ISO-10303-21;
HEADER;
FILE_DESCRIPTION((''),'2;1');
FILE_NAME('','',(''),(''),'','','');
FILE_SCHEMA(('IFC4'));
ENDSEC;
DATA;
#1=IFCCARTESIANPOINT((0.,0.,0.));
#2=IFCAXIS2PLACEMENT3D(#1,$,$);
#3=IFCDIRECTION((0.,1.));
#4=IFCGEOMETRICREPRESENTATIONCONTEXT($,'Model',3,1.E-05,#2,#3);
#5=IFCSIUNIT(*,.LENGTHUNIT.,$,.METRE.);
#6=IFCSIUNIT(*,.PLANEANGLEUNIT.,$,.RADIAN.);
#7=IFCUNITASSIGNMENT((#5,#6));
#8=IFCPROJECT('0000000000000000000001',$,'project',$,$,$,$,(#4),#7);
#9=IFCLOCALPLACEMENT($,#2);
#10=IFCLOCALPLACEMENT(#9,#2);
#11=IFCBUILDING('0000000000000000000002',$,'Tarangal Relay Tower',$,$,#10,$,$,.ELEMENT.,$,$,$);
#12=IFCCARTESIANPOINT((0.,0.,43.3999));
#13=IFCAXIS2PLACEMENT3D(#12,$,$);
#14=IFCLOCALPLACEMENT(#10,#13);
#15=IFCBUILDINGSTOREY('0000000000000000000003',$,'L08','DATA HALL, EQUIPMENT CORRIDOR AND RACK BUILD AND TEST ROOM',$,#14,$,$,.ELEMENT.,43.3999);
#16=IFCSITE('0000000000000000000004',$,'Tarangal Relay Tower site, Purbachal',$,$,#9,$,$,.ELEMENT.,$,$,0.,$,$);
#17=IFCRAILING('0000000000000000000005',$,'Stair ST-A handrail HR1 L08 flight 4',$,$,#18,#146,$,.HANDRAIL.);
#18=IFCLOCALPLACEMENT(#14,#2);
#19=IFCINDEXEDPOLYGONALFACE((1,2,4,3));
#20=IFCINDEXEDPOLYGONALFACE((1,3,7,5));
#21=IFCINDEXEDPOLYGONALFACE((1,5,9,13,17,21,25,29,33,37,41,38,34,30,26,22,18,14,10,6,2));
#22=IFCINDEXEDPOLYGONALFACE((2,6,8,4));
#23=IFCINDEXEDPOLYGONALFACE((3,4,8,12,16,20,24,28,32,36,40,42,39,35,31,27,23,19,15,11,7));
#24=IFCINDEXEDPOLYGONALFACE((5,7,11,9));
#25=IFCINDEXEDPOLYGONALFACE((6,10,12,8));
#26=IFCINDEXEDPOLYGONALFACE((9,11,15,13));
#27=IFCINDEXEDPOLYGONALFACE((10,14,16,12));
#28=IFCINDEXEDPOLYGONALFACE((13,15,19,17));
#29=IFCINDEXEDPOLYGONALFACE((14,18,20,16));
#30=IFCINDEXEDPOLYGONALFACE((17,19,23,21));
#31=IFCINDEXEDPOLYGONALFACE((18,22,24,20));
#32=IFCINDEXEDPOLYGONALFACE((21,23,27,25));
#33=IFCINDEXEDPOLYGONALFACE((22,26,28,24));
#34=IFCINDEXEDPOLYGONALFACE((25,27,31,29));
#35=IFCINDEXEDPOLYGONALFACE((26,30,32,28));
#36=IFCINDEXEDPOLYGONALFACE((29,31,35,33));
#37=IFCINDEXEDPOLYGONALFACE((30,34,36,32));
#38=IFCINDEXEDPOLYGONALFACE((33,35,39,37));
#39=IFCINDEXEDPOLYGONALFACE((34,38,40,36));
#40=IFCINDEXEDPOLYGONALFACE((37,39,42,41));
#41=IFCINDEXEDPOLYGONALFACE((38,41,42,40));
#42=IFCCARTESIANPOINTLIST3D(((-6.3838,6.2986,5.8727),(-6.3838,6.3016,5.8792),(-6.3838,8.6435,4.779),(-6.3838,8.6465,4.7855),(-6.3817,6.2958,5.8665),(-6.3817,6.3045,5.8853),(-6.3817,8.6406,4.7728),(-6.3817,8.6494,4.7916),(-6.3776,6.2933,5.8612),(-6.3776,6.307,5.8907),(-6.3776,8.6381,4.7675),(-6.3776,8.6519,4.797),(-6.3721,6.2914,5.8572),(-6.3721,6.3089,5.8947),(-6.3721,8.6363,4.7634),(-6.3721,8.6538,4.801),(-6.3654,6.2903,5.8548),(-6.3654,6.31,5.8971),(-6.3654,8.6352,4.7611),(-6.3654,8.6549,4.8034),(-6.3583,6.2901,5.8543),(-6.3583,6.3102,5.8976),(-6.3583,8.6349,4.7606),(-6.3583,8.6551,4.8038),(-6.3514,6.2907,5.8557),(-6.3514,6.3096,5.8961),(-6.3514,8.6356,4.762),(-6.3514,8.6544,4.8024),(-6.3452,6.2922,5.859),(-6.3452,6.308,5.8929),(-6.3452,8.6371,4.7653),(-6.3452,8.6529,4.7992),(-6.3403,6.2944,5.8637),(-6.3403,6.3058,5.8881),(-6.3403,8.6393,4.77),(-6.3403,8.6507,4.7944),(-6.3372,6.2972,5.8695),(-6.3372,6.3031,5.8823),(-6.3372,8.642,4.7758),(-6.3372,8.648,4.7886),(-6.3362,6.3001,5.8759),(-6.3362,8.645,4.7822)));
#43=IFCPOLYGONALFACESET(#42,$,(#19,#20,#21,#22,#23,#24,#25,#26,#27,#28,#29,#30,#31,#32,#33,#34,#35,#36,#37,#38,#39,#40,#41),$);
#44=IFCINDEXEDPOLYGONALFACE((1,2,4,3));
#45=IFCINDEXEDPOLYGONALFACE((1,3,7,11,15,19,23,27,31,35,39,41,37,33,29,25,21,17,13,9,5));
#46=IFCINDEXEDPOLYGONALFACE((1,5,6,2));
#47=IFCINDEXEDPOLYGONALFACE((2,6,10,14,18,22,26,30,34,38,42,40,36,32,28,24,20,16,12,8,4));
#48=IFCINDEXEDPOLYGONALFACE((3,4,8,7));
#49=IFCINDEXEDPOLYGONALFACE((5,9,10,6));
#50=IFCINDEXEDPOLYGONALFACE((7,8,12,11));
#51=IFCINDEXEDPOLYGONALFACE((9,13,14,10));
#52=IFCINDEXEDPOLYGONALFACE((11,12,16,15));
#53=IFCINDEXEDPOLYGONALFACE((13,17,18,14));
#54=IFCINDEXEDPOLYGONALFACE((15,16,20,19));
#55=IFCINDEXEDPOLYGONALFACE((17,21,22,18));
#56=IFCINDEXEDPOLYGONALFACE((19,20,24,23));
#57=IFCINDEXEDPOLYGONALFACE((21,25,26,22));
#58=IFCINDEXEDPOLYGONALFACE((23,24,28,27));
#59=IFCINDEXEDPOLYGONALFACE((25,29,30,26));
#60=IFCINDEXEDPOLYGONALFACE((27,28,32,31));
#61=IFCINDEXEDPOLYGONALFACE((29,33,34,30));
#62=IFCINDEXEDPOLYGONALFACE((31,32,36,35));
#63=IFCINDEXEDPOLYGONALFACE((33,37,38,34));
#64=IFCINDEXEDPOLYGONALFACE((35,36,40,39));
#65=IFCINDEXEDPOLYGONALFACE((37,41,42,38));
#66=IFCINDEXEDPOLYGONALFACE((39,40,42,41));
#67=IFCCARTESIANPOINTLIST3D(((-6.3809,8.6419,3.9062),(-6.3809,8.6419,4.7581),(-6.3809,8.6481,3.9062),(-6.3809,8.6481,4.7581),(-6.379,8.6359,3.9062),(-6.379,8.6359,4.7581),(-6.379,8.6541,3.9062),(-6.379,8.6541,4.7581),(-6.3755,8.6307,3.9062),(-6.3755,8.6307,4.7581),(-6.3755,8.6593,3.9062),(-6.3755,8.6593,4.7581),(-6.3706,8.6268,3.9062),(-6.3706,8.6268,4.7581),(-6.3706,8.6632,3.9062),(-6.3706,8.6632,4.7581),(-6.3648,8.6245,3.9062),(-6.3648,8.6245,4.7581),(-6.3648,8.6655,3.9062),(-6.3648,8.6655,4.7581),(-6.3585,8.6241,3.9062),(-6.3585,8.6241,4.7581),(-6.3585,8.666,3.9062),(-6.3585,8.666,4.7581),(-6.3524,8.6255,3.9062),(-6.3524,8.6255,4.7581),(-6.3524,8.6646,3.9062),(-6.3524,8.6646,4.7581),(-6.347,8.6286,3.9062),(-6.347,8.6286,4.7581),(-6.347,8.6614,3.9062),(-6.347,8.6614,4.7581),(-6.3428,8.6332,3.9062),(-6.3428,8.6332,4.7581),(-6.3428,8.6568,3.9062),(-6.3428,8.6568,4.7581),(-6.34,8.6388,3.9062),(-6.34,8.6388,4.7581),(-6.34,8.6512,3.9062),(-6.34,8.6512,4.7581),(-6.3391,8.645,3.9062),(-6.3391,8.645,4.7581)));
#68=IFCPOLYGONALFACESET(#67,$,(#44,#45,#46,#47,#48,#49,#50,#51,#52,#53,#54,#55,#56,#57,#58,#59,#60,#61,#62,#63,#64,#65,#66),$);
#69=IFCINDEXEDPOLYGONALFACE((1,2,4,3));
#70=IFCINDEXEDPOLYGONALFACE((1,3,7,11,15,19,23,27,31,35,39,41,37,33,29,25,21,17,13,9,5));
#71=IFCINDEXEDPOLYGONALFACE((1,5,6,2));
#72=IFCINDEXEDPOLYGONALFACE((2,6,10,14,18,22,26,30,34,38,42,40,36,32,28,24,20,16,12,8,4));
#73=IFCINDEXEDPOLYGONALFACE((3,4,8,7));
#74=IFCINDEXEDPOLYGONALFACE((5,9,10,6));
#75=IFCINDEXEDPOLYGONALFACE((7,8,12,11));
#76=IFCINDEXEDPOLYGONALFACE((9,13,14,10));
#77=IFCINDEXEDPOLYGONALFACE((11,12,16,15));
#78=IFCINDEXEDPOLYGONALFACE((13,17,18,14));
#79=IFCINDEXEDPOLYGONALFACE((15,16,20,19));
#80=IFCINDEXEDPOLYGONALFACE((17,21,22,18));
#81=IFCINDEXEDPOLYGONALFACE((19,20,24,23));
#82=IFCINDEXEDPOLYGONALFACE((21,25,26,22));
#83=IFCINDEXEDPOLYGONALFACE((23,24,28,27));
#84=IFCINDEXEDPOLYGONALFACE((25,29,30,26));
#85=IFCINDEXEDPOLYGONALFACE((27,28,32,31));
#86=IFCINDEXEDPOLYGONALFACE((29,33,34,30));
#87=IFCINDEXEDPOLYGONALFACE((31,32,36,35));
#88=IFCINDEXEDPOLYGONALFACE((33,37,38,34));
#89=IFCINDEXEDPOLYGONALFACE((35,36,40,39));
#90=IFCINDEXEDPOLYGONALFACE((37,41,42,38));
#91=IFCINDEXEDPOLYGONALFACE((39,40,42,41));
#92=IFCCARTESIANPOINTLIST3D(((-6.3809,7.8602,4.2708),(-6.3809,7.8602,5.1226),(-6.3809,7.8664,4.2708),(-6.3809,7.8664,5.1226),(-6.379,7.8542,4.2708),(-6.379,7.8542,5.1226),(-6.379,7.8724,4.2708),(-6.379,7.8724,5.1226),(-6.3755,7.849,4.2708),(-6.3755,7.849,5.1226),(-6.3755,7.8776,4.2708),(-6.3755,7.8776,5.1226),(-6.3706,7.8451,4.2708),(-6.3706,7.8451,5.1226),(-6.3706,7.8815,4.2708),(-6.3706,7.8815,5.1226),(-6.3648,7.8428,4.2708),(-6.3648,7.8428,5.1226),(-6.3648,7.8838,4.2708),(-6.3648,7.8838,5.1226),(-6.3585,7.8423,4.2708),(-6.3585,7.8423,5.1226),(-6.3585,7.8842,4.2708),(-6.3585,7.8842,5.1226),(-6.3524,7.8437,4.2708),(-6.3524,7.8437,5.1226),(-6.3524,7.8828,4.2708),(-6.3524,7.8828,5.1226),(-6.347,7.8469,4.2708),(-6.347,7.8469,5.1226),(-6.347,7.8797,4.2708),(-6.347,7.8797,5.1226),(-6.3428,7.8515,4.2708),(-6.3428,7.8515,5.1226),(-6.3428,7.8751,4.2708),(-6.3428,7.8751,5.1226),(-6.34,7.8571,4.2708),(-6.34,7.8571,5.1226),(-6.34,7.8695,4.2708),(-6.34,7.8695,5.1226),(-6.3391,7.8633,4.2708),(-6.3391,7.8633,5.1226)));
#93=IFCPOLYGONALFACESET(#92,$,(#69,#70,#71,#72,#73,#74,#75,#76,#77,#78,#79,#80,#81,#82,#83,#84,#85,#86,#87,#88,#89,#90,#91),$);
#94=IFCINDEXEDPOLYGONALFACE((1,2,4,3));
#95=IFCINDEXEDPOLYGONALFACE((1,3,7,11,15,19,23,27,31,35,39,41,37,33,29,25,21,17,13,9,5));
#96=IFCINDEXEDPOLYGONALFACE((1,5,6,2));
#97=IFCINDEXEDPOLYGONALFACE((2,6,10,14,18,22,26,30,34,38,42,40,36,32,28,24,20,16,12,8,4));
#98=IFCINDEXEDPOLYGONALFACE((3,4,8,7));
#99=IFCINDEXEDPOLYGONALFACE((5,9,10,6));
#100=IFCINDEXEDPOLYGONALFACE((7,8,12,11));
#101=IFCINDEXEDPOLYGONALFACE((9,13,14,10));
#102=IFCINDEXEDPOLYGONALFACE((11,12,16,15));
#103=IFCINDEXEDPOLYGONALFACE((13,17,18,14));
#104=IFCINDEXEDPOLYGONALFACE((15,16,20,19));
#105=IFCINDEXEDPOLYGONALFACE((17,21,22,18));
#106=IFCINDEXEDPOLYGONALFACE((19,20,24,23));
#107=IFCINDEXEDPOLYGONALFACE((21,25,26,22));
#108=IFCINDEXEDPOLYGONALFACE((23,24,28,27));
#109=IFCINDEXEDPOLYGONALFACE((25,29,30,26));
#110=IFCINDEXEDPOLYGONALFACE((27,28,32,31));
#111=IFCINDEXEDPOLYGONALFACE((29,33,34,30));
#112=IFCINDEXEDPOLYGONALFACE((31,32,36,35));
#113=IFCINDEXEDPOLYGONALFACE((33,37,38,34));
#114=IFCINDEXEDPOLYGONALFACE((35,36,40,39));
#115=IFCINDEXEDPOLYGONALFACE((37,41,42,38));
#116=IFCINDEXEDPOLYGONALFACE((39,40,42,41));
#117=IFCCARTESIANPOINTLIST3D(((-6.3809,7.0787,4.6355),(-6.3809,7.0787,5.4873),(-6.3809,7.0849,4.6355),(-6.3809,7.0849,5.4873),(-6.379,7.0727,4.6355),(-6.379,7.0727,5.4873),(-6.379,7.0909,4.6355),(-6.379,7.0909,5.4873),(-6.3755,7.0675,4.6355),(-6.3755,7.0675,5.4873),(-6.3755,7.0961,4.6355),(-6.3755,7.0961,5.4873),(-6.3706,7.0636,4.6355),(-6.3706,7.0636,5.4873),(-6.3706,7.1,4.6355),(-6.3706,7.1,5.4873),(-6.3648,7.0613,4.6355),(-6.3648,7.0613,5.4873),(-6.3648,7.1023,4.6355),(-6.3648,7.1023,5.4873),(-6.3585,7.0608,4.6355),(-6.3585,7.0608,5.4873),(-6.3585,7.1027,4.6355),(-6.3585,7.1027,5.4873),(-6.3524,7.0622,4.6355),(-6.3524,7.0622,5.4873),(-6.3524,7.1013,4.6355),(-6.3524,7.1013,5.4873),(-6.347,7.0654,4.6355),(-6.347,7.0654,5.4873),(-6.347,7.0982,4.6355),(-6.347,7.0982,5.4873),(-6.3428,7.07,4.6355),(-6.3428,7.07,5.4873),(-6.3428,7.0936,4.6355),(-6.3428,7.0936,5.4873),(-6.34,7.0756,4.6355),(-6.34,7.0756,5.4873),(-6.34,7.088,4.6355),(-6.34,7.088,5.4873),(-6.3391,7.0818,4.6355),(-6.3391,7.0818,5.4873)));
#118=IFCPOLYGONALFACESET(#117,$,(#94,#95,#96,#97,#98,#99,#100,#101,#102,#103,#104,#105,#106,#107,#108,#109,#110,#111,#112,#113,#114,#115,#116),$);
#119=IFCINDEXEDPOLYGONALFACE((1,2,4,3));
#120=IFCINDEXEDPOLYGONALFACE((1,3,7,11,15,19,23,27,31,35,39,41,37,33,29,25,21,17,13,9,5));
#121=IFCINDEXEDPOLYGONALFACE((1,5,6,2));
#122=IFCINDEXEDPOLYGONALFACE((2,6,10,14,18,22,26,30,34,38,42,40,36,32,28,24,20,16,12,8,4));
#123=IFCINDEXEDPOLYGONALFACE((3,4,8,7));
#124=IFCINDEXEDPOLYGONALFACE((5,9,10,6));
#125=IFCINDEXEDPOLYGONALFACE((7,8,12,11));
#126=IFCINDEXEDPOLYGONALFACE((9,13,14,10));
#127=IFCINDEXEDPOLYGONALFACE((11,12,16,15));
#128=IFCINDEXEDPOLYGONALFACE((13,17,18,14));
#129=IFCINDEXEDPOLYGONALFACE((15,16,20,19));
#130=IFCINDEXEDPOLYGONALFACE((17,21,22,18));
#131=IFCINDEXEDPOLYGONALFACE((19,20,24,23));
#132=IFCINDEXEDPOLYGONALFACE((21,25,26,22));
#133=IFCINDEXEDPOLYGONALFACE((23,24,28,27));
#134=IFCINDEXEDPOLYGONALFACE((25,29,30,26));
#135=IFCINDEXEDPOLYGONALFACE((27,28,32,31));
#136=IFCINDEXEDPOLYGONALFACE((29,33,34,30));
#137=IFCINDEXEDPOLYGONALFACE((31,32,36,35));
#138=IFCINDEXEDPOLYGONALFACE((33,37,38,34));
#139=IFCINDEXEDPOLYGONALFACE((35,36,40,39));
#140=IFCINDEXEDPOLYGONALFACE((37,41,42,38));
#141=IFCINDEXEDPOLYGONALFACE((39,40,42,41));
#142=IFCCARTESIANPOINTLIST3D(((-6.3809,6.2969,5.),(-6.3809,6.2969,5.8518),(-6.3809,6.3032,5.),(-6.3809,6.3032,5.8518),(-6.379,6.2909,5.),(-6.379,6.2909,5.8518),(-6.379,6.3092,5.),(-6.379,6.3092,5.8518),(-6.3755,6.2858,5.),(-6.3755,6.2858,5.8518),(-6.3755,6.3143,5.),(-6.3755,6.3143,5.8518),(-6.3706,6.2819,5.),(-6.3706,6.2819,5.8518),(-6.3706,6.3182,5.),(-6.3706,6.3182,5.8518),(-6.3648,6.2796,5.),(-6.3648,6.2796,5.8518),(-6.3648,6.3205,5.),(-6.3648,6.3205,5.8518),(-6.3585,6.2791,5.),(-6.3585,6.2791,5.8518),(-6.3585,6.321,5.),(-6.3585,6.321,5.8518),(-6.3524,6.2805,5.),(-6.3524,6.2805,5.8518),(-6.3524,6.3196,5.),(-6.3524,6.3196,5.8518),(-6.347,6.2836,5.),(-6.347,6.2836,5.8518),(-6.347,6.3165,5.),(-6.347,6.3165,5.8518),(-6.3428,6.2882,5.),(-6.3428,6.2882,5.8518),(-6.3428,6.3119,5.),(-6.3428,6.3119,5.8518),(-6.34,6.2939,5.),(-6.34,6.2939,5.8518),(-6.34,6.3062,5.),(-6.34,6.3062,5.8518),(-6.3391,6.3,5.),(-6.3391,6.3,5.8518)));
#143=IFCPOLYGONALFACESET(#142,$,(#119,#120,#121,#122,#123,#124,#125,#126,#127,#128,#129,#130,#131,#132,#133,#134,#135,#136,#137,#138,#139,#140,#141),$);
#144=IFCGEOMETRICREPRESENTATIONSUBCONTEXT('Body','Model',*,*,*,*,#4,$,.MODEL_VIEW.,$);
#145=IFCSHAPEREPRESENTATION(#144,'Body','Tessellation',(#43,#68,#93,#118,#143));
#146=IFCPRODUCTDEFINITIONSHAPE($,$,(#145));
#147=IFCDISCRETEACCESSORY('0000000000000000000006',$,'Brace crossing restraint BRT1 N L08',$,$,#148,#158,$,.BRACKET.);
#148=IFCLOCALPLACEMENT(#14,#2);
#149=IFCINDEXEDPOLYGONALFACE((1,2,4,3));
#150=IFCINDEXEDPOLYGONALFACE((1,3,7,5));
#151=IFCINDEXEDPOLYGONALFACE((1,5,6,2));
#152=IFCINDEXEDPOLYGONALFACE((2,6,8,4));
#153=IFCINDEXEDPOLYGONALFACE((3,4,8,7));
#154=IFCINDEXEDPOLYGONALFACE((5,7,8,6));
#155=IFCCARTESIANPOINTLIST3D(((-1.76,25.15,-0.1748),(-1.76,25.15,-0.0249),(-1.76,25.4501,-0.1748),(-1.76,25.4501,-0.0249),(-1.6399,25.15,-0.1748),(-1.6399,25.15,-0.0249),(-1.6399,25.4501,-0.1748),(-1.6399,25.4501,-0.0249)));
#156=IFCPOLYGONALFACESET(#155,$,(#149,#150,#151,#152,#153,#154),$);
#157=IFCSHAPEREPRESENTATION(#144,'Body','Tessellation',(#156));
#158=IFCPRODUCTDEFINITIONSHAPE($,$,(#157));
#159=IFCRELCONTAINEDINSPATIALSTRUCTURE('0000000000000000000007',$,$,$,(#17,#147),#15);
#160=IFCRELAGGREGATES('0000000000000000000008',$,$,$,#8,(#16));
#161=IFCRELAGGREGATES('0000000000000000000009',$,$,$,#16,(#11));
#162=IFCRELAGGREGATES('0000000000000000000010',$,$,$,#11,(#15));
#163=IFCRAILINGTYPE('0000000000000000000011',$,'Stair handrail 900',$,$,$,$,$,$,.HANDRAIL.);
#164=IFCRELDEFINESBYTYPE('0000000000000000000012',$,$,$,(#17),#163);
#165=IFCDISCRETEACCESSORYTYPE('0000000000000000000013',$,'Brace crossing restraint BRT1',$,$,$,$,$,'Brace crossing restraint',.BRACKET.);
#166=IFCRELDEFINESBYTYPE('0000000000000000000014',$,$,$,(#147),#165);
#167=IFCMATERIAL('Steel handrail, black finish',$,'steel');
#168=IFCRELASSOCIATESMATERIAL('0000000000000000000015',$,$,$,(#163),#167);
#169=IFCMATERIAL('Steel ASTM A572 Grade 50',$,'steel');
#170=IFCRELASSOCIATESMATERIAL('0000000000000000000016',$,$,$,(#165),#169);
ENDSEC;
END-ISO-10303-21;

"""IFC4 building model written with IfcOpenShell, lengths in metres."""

from ifc_helpers import new_model, si_unit, direction, frame, origin, origin_2d, place, context, subcontext, project, spatial, rectangle, circle, extrude, material, type_object, element, save


model = new_model("IFC4")

# Units and contexts
model_context = context("Model", 3, precision=1e-05, world=origin(), true_north=direction((0.0, 1.0)))
body_context = subcontext(model_context, "Body", "Model", "MODEL_VIEW")
ifc_project = project(units=[si_unit("LENGTHUNIT", "METRE"), si_unit("PLANEANGLEUNIT", "RADIAN")], contexts=[model_context])

# Site, building, storey
site_placement = place(None, origin())
site = spatial("IfcSite", under=ifc_project, at=site_placement, Name="Tarangal Relay Tower site, Purbachal", CompositionType="ELEMENT", RefElevation=0.0)
building_placement = place(site_placement, origin())
building = spatial("IfcBuilding", under=site, at=building_placement, Name="Tarangal Relay Tower", CompositionType="ELEMENT")
storey_placement = place(building_placement, frame((0.0, 0.0, 43.3999)))
storey = spatial("IfcBuildingStorey", under=building, at=storey_placement, Name="L08", Description="DATA HALL, EQUIPMENT CORRIDOR AND RACK BUILD AND TEST ROOM", CompositionType="ELEMENT", Elevation=43.3999)

# Shared definitions
ifc_material_1 = material(Name="Steel ASTM A572 Grade 50", Category="steel")

# Railing
ifc_material_2 = material(Name="Steel handrail, black finish", Category="steel")
railing_type_1 = type_object("IfcRailingType", Name="Stair handrail 900", PredefinedType="HANDRAIL", material=ifc_material_2)
for number, where, name in (
    (1, (-6.3601, 8.645, 3.9062), "Stair ST-A handrail HR1 L08 flight 4"),
):
    element("IfcRailing", number, at=place(storey_placement, frame(where)), inside=storey, type_object=railing_type_1, Name=name, PredefinedType="HANDRAIL", context=body_context, shape_type="SweptSolid", body=[
        extrude(circle(Radius=0.0239, at=origin_2d()), frame((0.0, 0.0, 0.876), z_axis=(0.0, -0.906267, 0.422705), x_axis=(1.0, 0.0, 0.0)), (0.0, 0.0, 1.0), 2.5874),
        extrude(circle(Radius=0.021, at=origin_2d()), origin(), (0.0, 0.0, 1.0), 0.8518),
        extrude(circle(Radius=0.021, at=origin_2d()), frame((0.0, -0.7817, 0.3645)), (0.0, 0.0, 1.0), 0.8518),
        extrude(circle(Radius=0.021, at=origin_2d()), frame((0.0, -1.5632, 0.7292)), (0.0, 0.0, 1.0), 0.8518),
        extrude(circle(Radius=0.021, at=origin_2d()), frame((0.0, -2.345, 1.0938)), (0.0, 0.0, 1.0), 0.8518),
    ])

# Discrete accessory
discrete_accessory_type = type_object("IfcDiscreteAccessoryType", Name="Brace crossing restraint BRT1", ElementType="Brace crossing restraint", PredefinedType="BRACKET", material=ifc_material_1)
discrete_accessory_placement = place(storey_placement, frame((-1.7, 25.3, -0.1748), z_axis=(0.0, 0.0, 1.0), x_axis=(1.0, 0.0, 0.0)))
element("IfcDiscreteAccessory", 2, at=discrete_accessory_placement, inside=storey, type_object=discrete_accessory_type, Name="Brace crossing restraint BRT1 N L08", PredefinedType="BRACKET", context=body_context, shape_type="SweptSolid", body=[
    extrude(rectangle(XDim=0.1201, YDim=0.3, at=origin_2d()), origin(), (0.0, 0.0, 1.0), 0.1499),
])

save(model, "model.ifc")
